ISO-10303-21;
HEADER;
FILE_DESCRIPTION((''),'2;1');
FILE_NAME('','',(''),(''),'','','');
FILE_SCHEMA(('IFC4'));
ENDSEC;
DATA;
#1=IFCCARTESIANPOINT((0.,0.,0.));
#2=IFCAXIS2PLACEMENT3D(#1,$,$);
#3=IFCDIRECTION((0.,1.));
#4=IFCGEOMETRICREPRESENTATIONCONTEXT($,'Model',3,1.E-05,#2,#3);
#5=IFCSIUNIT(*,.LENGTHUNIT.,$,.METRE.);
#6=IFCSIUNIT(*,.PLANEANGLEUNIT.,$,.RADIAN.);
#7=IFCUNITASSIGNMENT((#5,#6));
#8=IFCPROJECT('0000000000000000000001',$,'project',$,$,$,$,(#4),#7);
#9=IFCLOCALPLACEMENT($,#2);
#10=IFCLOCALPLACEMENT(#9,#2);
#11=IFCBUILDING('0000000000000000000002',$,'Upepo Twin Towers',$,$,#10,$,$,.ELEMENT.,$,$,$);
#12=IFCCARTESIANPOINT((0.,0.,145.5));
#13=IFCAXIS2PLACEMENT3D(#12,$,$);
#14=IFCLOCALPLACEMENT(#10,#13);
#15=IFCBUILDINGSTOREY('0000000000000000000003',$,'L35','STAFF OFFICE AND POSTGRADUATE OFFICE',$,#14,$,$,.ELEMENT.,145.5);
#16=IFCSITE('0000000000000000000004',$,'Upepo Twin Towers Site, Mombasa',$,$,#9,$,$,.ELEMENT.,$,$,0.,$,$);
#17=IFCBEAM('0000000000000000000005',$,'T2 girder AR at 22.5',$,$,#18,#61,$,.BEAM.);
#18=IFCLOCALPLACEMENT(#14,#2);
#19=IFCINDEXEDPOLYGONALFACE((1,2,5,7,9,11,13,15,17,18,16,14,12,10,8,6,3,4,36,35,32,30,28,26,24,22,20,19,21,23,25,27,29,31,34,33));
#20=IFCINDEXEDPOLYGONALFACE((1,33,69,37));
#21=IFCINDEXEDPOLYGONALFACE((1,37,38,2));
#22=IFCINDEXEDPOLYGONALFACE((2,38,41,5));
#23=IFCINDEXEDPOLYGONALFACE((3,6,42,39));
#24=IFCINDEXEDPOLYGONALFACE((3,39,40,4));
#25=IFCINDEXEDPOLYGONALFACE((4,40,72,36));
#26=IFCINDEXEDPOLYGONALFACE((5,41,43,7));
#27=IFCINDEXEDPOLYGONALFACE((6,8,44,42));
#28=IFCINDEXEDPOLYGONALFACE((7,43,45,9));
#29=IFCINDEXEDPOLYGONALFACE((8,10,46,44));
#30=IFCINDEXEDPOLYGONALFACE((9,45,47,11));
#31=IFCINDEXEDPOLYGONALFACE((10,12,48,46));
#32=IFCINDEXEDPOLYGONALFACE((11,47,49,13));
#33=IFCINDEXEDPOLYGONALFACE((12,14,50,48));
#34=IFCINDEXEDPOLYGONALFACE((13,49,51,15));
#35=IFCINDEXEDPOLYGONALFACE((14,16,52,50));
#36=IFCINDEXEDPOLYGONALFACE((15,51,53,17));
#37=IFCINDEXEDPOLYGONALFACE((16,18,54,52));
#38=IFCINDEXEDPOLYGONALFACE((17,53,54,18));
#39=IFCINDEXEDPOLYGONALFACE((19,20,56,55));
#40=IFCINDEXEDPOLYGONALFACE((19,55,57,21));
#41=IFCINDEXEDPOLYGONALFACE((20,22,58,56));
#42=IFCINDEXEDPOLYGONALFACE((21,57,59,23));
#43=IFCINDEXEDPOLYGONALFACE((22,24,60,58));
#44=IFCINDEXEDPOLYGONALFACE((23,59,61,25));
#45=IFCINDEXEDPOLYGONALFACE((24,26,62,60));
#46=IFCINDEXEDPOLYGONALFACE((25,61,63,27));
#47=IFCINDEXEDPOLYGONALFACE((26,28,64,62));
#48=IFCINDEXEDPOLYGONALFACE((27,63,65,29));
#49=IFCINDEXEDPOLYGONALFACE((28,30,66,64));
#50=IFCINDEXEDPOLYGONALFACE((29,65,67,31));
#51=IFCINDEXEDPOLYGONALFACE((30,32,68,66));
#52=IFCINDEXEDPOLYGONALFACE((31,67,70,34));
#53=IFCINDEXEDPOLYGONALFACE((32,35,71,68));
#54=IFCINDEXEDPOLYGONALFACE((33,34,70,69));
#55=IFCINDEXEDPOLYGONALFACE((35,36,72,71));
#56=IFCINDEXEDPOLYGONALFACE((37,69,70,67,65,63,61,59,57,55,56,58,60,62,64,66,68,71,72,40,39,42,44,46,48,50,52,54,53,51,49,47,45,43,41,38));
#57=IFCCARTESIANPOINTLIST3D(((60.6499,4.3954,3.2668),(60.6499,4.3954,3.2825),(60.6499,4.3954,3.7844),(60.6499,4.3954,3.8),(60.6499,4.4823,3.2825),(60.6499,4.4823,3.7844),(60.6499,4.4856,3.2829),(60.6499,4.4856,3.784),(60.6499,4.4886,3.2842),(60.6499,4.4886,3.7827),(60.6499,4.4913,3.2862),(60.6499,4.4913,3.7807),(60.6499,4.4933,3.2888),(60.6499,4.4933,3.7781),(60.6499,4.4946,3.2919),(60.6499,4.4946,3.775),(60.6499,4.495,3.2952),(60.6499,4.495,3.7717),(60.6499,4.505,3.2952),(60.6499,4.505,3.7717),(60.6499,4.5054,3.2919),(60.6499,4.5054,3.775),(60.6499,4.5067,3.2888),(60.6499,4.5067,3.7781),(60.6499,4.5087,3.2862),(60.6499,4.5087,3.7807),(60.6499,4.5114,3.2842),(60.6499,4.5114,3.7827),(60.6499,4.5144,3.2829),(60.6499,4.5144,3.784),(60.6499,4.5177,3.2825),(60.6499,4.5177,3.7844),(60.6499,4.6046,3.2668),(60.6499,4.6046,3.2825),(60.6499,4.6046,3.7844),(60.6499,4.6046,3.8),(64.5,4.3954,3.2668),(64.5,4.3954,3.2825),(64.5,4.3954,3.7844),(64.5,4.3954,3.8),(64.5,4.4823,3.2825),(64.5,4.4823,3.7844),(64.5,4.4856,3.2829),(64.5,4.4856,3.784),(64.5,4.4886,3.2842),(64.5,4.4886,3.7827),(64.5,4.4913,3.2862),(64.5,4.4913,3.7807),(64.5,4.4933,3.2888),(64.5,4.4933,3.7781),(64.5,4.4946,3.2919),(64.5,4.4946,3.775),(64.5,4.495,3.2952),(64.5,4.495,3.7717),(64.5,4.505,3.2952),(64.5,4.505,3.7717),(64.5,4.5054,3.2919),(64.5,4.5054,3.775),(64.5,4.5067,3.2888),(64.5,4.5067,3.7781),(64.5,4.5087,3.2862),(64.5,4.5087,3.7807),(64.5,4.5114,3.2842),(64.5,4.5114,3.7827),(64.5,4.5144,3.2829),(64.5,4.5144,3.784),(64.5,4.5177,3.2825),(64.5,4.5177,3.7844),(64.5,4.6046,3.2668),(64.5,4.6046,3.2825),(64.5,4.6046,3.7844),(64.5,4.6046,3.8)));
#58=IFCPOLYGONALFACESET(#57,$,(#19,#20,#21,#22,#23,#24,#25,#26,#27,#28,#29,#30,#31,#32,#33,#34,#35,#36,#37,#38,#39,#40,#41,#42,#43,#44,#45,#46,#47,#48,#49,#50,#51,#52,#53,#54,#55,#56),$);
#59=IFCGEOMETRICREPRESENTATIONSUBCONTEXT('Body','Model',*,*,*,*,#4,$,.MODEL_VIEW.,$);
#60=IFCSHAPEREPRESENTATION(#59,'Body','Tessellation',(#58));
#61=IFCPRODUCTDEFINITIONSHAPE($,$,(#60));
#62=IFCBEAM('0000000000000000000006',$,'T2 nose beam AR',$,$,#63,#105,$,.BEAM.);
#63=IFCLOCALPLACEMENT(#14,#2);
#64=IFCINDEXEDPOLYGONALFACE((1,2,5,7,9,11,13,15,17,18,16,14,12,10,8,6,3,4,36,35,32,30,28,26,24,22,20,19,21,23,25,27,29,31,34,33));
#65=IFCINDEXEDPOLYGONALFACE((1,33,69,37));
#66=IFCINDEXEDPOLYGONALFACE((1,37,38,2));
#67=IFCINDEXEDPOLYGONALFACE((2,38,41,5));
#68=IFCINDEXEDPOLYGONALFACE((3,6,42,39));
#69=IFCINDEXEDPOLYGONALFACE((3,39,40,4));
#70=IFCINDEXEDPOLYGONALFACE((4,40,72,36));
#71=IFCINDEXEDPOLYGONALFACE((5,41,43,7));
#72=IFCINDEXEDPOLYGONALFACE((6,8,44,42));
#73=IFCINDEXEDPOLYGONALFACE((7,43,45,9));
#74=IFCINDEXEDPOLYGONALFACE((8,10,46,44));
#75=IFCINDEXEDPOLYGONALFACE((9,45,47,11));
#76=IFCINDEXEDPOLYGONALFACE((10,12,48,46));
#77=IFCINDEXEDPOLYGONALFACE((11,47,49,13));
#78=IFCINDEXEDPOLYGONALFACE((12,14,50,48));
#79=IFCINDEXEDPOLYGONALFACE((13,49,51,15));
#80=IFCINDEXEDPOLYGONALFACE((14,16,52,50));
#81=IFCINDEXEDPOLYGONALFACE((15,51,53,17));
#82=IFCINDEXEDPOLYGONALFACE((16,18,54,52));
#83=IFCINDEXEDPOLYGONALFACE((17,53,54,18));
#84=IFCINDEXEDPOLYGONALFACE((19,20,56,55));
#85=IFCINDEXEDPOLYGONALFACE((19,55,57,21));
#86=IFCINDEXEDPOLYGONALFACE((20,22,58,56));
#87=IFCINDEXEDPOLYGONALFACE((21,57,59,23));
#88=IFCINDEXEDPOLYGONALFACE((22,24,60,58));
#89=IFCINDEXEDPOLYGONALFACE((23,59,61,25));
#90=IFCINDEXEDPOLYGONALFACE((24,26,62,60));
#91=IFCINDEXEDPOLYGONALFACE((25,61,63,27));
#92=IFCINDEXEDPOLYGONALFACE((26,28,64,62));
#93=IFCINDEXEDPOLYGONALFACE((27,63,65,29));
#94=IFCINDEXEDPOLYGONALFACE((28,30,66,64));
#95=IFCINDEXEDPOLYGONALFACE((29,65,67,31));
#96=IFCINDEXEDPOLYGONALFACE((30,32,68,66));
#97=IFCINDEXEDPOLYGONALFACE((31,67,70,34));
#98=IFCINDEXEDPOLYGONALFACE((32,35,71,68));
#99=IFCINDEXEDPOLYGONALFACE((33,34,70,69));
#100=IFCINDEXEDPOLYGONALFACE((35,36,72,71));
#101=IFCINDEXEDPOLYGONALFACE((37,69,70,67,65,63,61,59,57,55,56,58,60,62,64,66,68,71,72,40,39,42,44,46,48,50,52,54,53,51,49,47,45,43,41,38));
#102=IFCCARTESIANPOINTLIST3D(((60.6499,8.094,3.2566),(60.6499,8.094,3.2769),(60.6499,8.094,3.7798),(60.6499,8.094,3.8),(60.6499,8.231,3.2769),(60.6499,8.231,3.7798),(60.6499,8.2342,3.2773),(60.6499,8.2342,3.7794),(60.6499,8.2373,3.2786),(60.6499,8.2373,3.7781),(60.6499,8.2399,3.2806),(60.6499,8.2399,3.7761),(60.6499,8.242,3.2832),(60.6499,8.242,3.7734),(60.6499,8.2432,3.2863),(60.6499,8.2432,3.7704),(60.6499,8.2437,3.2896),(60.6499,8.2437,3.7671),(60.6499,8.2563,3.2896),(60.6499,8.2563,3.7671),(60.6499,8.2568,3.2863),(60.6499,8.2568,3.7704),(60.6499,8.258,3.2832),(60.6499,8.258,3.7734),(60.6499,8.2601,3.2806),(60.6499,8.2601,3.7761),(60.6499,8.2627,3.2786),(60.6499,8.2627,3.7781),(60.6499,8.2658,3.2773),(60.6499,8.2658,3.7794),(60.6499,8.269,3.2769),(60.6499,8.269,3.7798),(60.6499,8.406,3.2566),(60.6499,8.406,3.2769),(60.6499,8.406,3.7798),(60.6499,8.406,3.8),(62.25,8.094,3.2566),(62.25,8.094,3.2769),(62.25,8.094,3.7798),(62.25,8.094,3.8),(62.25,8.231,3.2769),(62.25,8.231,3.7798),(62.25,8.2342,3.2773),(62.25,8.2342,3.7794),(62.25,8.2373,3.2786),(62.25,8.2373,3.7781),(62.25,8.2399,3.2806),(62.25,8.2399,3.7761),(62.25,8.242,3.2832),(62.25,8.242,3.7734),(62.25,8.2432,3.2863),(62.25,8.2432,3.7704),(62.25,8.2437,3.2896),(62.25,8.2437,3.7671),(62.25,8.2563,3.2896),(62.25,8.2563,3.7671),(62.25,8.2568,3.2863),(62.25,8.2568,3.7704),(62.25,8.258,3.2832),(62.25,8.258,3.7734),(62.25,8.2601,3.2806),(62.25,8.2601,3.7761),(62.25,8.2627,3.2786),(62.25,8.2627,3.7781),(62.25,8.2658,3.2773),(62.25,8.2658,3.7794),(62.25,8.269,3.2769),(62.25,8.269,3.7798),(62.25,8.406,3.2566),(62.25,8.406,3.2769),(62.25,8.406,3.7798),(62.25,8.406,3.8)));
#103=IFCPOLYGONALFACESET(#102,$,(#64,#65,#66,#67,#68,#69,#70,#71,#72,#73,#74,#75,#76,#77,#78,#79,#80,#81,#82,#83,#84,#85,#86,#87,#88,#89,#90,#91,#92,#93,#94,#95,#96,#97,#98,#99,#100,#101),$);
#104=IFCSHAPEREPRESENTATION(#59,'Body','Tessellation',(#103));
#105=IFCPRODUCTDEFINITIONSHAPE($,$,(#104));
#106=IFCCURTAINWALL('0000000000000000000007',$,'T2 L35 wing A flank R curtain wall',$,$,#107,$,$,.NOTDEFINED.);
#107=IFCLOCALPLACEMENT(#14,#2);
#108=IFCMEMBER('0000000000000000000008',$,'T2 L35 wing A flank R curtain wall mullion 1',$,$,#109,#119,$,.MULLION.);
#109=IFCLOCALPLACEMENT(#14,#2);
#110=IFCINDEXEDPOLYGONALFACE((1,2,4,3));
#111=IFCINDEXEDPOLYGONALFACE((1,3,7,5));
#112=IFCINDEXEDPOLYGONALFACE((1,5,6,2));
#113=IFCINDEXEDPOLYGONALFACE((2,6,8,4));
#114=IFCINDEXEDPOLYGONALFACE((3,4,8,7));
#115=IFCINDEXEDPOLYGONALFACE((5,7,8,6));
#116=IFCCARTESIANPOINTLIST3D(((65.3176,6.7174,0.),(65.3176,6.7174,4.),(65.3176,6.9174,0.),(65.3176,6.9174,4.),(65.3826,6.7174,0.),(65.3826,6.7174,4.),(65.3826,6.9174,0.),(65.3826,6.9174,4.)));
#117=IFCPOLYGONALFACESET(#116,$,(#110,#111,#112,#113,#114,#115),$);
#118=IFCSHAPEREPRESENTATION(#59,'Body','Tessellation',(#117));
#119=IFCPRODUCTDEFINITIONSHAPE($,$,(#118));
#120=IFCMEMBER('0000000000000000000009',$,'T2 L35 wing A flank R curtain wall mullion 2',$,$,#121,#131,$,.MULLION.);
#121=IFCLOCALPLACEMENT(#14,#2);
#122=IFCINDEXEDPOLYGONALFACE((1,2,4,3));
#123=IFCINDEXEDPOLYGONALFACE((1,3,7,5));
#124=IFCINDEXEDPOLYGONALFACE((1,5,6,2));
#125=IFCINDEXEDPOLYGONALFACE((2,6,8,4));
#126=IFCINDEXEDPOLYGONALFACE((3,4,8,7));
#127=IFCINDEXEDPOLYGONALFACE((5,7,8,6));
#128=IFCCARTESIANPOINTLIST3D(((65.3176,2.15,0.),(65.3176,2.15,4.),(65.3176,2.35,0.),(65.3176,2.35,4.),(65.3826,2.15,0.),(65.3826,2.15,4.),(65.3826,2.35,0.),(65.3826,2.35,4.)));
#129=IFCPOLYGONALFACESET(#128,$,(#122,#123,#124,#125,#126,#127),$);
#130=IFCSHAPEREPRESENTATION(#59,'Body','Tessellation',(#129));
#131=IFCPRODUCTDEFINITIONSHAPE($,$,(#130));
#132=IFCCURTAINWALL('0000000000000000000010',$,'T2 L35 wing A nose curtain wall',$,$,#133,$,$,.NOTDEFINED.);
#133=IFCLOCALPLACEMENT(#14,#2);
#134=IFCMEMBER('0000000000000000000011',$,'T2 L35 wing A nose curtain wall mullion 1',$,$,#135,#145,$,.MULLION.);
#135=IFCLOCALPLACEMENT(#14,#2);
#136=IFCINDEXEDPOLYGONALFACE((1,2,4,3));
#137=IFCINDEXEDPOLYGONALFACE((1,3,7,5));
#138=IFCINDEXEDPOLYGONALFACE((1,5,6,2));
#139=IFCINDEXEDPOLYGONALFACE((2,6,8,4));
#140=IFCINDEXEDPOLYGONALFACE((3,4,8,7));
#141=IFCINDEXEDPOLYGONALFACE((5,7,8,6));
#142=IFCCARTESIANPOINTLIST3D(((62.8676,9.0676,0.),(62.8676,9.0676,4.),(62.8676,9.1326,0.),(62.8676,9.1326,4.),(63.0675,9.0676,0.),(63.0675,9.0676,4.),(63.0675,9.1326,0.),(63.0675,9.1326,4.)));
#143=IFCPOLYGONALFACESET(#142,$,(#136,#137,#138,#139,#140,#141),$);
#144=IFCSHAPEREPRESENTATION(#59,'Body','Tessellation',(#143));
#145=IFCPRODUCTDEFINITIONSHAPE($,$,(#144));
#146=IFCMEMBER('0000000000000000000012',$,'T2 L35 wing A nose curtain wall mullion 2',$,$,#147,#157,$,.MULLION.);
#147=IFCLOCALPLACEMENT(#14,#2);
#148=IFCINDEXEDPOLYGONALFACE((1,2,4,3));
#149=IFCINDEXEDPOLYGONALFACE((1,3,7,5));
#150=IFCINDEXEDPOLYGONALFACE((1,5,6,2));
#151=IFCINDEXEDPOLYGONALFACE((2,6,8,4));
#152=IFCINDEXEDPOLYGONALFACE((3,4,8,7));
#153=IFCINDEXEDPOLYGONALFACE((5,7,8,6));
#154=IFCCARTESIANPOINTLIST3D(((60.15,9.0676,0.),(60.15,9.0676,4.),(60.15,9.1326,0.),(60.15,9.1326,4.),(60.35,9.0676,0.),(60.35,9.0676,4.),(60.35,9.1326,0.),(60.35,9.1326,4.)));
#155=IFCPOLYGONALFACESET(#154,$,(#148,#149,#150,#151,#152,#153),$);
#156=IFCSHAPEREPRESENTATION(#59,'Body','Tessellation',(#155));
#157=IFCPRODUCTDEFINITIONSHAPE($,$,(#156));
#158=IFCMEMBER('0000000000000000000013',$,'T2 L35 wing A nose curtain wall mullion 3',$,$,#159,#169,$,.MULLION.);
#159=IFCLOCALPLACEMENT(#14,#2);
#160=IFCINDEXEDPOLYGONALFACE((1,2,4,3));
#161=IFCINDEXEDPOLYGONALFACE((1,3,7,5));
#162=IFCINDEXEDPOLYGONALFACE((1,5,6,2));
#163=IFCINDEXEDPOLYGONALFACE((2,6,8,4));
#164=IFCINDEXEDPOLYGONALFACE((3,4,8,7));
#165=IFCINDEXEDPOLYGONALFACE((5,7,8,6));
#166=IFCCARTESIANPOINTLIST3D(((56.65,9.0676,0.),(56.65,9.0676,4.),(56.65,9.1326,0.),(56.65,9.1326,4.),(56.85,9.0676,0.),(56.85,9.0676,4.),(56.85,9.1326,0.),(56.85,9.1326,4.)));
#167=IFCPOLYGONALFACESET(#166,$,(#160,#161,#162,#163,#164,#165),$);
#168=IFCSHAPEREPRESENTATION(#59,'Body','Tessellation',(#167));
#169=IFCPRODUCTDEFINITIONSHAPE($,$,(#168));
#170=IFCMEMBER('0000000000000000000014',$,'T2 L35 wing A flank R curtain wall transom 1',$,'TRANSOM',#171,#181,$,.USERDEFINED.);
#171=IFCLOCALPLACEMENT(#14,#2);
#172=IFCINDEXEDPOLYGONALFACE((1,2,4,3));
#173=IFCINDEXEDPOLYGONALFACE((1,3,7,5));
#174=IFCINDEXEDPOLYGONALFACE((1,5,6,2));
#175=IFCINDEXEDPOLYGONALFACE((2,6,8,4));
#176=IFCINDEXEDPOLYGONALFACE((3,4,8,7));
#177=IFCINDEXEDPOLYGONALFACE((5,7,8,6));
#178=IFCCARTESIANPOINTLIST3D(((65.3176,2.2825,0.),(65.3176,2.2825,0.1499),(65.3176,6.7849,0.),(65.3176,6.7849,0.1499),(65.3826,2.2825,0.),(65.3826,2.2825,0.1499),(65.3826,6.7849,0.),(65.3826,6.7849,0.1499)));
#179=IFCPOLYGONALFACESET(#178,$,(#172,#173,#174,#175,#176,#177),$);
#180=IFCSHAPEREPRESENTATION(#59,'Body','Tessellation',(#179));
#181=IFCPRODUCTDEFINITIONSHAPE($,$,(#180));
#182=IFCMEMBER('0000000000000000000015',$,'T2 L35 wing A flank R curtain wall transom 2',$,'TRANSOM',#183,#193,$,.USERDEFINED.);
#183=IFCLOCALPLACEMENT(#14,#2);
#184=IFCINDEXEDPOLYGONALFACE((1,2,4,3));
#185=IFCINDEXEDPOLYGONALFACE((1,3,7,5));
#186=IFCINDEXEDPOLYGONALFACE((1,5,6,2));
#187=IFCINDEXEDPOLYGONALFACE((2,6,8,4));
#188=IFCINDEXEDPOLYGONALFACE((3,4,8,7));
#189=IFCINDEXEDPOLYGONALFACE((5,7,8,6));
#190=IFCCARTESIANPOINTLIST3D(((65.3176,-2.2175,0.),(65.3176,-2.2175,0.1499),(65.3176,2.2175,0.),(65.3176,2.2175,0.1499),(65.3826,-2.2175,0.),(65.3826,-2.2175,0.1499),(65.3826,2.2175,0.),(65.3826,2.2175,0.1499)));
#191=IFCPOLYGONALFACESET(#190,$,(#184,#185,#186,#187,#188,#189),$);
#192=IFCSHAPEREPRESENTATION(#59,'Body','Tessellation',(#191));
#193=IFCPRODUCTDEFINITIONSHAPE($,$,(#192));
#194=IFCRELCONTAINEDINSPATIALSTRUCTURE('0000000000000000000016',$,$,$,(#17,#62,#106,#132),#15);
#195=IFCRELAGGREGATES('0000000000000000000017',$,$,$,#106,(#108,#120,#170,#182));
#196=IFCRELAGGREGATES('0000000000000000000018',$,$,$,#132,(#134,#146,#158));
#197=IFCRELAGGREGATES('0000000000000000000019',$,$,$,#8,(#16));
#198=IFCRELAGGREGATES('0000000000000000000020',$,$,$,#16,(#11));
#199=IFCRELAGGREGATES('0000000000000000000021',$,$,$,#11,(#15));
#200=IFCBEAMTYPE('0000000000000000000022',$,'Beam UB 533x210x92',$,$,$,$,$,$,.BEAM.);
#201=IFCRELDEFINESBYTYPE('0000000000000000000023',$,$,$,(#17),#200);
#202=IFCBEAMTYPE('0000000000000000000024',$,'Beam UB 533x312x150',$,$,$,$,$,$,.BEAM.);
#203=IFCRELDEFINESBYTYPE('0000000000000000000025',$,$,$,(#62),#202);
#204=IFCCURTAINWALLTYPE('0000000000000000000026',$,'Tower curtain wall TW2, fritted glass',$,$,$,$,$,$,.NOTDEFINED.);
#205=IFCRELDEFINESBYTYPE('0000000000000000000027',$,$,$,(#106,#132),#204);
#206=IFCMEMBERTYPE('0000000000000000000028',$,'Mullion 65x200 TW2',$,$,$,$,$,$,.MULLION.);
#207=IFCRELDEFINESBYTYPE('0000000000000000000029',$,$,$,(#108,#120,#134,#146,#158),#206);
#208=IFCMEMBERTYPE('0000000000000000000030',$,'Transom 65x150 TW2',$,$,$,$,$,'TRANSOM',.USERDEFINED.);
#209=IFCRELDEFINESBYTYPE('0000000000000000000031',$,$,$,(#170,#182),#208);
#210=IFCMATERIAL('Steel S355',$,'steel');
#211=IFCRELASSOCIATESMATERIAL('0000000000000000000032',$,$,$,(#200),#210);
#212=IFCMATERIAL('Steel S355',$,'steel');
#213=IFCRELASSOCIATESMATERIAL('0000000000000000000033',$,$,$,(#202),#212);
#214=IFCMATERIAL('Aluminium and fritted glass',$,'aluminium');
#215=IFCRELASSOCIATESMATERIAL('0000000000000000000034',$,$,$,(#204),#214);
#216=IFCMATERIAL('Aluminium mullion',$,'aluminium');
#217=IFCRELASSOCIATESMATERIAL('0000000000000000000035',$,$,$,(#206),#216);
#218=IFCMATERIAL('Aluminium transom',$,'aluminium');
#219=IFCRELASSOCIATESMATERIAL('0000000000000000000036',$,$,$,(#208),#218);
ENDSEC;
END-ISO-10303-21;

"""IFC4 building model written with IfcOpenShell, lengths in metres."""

from ifc_helpers import new_model, si_unit, direction, frame, origin, origin_2d, place, context, subcontext, project, spatial, rectangle, i_section, extrude, material, material_profile, profile_set, type_object, element, aggregate, save


model = new_model("IFC4")

# Units and contexts
model_context = context("Model", 3, precision=1e-05, world=origin(), true_north=direction((0.0, 1.0)))
body_context = subcontext(model_context, "Body", "Model", "MODEL_VIEW")
ifc_project = project(units=[si_unit("LENGTHUNIT", "METRE"), si_unit("PLANEANGLEUNIT", "RADIAN")], contexts=[model_context])

# Site, building, storey
site_placement = place(None, origin())
site = spatial("IfcSite", under=ifc_project, at=site_placement, Name="Upepo Twin Towers Site, Mombasa", CompositionType="ELEMENT", RefElevation=0.0)
building_placement = place(site_placement, origin())
building = spatial("IfcBuilding", under=site, at=building_placement, Name="Upepo Twin Towers", CompositionType="ELEMENT")
storey_placement = place(building_placement, frame((0.0, 0.0, 145.5)))
storey = spatial("IfcBuildingStorey", under=building, at=storey_placement, Name="L35", Description="STAFF OFFICE AND POSTGRADUATE OFFICE", CompositionType="ELEMENT", Elevation=145.5)

# Beams
ifc_material_1 = material(Name="Steel S355", Category="steel")
ifc_material_profile_1 = material_profile(ifc_material_1, i_section(OverallWidth=0.2092, OverallDepth=0.5332, WebThickness=0.01, FlangeThickness=0.0156, FilletRadius=0.0127, at=origin_2d()), Name="UB 533x210x92")
ifc_profile_set_1 = profile_set([ifc_material_profile_1], Name="Steel S355")
beam_type_1 = type_object("IfcBeamType", Name="Beam UB 533x210x92", PredefinedType="BEAM", material=ifc_profile_set_1)
for number, where, z_axis, x_axis, name in (
    (1, (64.5, 4.5, 3.5334), (-1.0, 0.0, 0.0), (0.0, -1.0, 0.0), "T2 girder AR at 22.5"),
):
    element("IfcBeam", number, at=place(storey_placement, frame(where, z_axis=z_axis, x_axis=x_axis)), inside=storey, type_object=beam_type_1, Name=name, PredefinedType="BEAM", context=body_context, shape_type="SweptSolid", body=[
        extrude(i_section(OverallWidth=0.2092, OverallDepth=0.5332, WebThickness=0.01, FlangeThickness=0.0156, FilletRadius=0.0127, at=origin_2d()), origin(), (0.0, 0.0, 1.0), 3.8501),
    ])
ifc_material_2 = material(Name="Steel S355", Category="steel")
ifc_material_profile_2 = material_profile(ifc_material_2, i_section(OverallWidth=0.312, OverallDepth=0.5435, WebThickness=0.0127, FlangeThickness=0.0203, FilletRadius=0.0127, at=origin_2d()), Name="UB 533x312x150")
ifc_profile_set_2 = profile_set([ifc_material_profile_2], Name="Steel S355")
beam_type_2 = type_object("IfcBeamType", Name="Beam UB 533x312x150", PredefinedType="BEAM", material=ifc_profile_set_2)
beam_1_placement = place(storey_placement, frame((62.25, 8.25, 3.5283), z_axis=(-1.0, 0.0, 0.0), x_axis=(0.0, -1.0, 0.0)))
element("IfcBeam", 2, at=beam_1_placement, inside=storey, type_object=beam_type_2, Name="T2 nose beam AR", PredefinedType="BEAM", context=body_context, shape_type="SweptSolid", body=[
    extrude(i_section(OverallWidth=0.312, OverallDepth=0.5435, WebThickness=0.0127, FlangeThickness=0.0203, FilletRadius=0.0127, at=origin_2d()), origin(), (0.0, 0.0, 1.0), 1.6001),
])

# Curtain walls, members
ifc_material_3 = material(Name="Aluminium and fritted glass", Category="aluminium")
curtain_wall_type = type_object("IfcCurtainWallType", Name="Tower curtain wall TW2, fritted glass", PredefinedType="NOTDEFINED", material=ifc_material_3)
curtain_wall_1_placement = place(storey_placement, origin())
curtain_wall_1 = element("IfcCurtainWall", 3, at=curtain_wall_1_placement, inside=storey, type_object=curtain_wall_type, Name="T2 L35 wing A flank R curtain wall", PredefinedType="NOTDEFINED")
ifc_material_4 = material(Name="Aluminium mullion", Category="aluminium")
ifc_material_profile_3 = material_profile(ifc_material_4, rectangle(XDim=0.0649, YDim=0.2, at=origin_2d()), Name="MULLION 65x200")
ifc_profile_set_3 = profile_set([ifc_material_profile_3], Name="Aluminium mullion")
member_type_1 = type_object("IfcMemberType", Name="Mullion 65x200 TW2", PredefinedType="MULLION", material=ifc_profile_set_3)
member_1_placement = place(storey_placement, frame((65.3501, 6.8174, 0.0), z_axis=(0.0, 0.0, 1.0), x_axis=(1.0, 0.0, 0.0)))
member_1 = element("IfcMember", 4, at=member_1_placement, type_object=member_type_1, Name="T2 L35 wing A flank R curtain wall mullion 1", PredefinedType="MULLION", context=body_context, shape_type="SweptSolid", body=[
    extrude(rectangle(XDim=0.0649, YDim=0.2, at=origin_2d()), origin(), (0.0, 0.0, 1.0), 4.0),
])
member_2_placement = place(storey_placement, frame((65.3501, 2.25, 0.0), z_axis=(0.0, 0.0, 1.0), x_axis=(1.0, 0.0, 0.0)))
member_2 = element("IfcMember", 5, at=member_2_placement, type_object=member_type_1, Name="T2 L35 wing A flank R curtain wall mullion 2", PredefinedType="MULLION", context=body_context, shape_type="SweptSolid", body=[
    extrude(rectangle(XDim=0.0649, YDim=0.2, at=origin_2d()), origin(), (0.0, 0.0, 1.0), 4.0),
])
curtain_wall_2_placement = place(storey_placement, origin())
curtain_wall_2 = element("IfcCurtainWall", 6, at=curtain_wall_2_placement, inside=storey, type_object=curtain_wall_type, Name="T2 L35 wing A nose curtain wall", PredefinedType="NOTDEFINED")
member_3_placement = place(storey_placement, frame((62.9675, 9.1001, 0.0), z_axis=(0.0, 0.0, 1.0), x_axis=(0.0, -1.0, 0.0)))
member_3 = element("IfcMember", 7, at=member_3_placement, type_object=member_type_1, Name="T2 L35 wing A nose curtain wall mullion 1", PredefinedType="MULLION", context=body_context, shape_type="SweptSolid", body=[
    extrude(rectangle(XDim=0.0649, YDim=0.2, at=origin_2d()), origin(), (0.0, 0.0, 1.0), 4.0),
])
member_4_placement = place(storey_placement, frame((60.25, 9.1001, 0.0), z_axis=(0.0, 0.0, 1.0), x_axis=(0.0, -1.0, 0.0)))
member_4 = element("IfcMember", 8, at=member_4_placement, type_object=member_type_1, Name="T2 L35 wing A nose curtain wall mullion 2", PredefinedType="MULLION", context=body_context, shape_type="SweptSolid", body=[
    extrude(rectangle(XDim=0.0649, YDim=0.2, at=origin_2d()), origin(), (0.0, 0.0, 1.0), 4.0),
])
member_5_placement = place(storey_placement, frame((56.75, 9.1001, 0.0), z_axis=(0.0, 0.0, 1.0), x_axis=(0.0, -1.0, 0.0)))
member_5 = element("IfcMember", 9, at=member_5_placement, type_object=member_type_1, Name="T2 L35 wing A nose curtain wall mullion 3", PredefinedType="MULLION", context=body_context, shape_type="SweptSolid", body=[
    extrude(rectangle(XDim=0.0649, YDim=0.2, at=origin_2d()), origin(), (0.0, 0.0, 1.0), 4.0),
])

# Members
ifc_material_5 = material(Name="Aluminium transom", Category="aluminium")
ifc_material_profile_4 = material_profile(ifc_material_5, rectangle(XDim=0.0649, YDim=0.1499, at=origin_2d()), Name="TRANSOM 65x150")
ifc_profile_set_4 = profile_set([ifc_material_profile_4], Name="Aluminium transom")
member_type_2 = type_object("IfcMemberType", Name="Transom 65x150 TW2", ElementType="TRANSOM", PredefinedType="USERDEFINED", material=ifc_profile_set_4)
member_6_placement = place(storey_placement, frame((65.3501, 6.7849, 0.075), z_axis=(0.0, -1.0, 0.0), x_axis=(1.0, 0.0, 0.0)))
member_6 = element("IfcMember", 10, at=member_6_placement, type_object=member_type_2, Name="T2 L35 wing A flank R curtain wall transom 1", ObjectType="TRANSOM", PredefinedType="USERDEFINED", context=body_context, shape_type="SweptSolid", body=[
    extrude(rectangle(XDim=0.0649, YDim=0.1499, at=origin_2d()), origin(), (0.0, 0.0, 1.0), 4.5024),
])
member_7_placement = place(storey_placement, frame((65.3501, 2.2175, 0.075), z_axis=(0.0, -1.0, 0.0), x_axis=(1.0, 0.0, 0.0)))
member_7 = element("IfcMember", 11, at=member_7_placement, type_object=member_type_2, Name="T2 L35 wing A flank R curtain wall transom 2", ObjectType="TRANSOM", PredefinedType="USERDEFINED", context=body_context, shape_type="SweptSolid", body=[
    extrude(rectangle(XDim=0.0649, YDim=0.1499, at=origin_2d()), origin(), (0.0, 0.0, 1.0), 4.4351),
])

aggregate(curtain_wall_1, [member_1, member_2, member_6, member_7])
aggregate(curtain_wall_2, [member_3, member_4, member_5])

save(model, "model.ifc")
